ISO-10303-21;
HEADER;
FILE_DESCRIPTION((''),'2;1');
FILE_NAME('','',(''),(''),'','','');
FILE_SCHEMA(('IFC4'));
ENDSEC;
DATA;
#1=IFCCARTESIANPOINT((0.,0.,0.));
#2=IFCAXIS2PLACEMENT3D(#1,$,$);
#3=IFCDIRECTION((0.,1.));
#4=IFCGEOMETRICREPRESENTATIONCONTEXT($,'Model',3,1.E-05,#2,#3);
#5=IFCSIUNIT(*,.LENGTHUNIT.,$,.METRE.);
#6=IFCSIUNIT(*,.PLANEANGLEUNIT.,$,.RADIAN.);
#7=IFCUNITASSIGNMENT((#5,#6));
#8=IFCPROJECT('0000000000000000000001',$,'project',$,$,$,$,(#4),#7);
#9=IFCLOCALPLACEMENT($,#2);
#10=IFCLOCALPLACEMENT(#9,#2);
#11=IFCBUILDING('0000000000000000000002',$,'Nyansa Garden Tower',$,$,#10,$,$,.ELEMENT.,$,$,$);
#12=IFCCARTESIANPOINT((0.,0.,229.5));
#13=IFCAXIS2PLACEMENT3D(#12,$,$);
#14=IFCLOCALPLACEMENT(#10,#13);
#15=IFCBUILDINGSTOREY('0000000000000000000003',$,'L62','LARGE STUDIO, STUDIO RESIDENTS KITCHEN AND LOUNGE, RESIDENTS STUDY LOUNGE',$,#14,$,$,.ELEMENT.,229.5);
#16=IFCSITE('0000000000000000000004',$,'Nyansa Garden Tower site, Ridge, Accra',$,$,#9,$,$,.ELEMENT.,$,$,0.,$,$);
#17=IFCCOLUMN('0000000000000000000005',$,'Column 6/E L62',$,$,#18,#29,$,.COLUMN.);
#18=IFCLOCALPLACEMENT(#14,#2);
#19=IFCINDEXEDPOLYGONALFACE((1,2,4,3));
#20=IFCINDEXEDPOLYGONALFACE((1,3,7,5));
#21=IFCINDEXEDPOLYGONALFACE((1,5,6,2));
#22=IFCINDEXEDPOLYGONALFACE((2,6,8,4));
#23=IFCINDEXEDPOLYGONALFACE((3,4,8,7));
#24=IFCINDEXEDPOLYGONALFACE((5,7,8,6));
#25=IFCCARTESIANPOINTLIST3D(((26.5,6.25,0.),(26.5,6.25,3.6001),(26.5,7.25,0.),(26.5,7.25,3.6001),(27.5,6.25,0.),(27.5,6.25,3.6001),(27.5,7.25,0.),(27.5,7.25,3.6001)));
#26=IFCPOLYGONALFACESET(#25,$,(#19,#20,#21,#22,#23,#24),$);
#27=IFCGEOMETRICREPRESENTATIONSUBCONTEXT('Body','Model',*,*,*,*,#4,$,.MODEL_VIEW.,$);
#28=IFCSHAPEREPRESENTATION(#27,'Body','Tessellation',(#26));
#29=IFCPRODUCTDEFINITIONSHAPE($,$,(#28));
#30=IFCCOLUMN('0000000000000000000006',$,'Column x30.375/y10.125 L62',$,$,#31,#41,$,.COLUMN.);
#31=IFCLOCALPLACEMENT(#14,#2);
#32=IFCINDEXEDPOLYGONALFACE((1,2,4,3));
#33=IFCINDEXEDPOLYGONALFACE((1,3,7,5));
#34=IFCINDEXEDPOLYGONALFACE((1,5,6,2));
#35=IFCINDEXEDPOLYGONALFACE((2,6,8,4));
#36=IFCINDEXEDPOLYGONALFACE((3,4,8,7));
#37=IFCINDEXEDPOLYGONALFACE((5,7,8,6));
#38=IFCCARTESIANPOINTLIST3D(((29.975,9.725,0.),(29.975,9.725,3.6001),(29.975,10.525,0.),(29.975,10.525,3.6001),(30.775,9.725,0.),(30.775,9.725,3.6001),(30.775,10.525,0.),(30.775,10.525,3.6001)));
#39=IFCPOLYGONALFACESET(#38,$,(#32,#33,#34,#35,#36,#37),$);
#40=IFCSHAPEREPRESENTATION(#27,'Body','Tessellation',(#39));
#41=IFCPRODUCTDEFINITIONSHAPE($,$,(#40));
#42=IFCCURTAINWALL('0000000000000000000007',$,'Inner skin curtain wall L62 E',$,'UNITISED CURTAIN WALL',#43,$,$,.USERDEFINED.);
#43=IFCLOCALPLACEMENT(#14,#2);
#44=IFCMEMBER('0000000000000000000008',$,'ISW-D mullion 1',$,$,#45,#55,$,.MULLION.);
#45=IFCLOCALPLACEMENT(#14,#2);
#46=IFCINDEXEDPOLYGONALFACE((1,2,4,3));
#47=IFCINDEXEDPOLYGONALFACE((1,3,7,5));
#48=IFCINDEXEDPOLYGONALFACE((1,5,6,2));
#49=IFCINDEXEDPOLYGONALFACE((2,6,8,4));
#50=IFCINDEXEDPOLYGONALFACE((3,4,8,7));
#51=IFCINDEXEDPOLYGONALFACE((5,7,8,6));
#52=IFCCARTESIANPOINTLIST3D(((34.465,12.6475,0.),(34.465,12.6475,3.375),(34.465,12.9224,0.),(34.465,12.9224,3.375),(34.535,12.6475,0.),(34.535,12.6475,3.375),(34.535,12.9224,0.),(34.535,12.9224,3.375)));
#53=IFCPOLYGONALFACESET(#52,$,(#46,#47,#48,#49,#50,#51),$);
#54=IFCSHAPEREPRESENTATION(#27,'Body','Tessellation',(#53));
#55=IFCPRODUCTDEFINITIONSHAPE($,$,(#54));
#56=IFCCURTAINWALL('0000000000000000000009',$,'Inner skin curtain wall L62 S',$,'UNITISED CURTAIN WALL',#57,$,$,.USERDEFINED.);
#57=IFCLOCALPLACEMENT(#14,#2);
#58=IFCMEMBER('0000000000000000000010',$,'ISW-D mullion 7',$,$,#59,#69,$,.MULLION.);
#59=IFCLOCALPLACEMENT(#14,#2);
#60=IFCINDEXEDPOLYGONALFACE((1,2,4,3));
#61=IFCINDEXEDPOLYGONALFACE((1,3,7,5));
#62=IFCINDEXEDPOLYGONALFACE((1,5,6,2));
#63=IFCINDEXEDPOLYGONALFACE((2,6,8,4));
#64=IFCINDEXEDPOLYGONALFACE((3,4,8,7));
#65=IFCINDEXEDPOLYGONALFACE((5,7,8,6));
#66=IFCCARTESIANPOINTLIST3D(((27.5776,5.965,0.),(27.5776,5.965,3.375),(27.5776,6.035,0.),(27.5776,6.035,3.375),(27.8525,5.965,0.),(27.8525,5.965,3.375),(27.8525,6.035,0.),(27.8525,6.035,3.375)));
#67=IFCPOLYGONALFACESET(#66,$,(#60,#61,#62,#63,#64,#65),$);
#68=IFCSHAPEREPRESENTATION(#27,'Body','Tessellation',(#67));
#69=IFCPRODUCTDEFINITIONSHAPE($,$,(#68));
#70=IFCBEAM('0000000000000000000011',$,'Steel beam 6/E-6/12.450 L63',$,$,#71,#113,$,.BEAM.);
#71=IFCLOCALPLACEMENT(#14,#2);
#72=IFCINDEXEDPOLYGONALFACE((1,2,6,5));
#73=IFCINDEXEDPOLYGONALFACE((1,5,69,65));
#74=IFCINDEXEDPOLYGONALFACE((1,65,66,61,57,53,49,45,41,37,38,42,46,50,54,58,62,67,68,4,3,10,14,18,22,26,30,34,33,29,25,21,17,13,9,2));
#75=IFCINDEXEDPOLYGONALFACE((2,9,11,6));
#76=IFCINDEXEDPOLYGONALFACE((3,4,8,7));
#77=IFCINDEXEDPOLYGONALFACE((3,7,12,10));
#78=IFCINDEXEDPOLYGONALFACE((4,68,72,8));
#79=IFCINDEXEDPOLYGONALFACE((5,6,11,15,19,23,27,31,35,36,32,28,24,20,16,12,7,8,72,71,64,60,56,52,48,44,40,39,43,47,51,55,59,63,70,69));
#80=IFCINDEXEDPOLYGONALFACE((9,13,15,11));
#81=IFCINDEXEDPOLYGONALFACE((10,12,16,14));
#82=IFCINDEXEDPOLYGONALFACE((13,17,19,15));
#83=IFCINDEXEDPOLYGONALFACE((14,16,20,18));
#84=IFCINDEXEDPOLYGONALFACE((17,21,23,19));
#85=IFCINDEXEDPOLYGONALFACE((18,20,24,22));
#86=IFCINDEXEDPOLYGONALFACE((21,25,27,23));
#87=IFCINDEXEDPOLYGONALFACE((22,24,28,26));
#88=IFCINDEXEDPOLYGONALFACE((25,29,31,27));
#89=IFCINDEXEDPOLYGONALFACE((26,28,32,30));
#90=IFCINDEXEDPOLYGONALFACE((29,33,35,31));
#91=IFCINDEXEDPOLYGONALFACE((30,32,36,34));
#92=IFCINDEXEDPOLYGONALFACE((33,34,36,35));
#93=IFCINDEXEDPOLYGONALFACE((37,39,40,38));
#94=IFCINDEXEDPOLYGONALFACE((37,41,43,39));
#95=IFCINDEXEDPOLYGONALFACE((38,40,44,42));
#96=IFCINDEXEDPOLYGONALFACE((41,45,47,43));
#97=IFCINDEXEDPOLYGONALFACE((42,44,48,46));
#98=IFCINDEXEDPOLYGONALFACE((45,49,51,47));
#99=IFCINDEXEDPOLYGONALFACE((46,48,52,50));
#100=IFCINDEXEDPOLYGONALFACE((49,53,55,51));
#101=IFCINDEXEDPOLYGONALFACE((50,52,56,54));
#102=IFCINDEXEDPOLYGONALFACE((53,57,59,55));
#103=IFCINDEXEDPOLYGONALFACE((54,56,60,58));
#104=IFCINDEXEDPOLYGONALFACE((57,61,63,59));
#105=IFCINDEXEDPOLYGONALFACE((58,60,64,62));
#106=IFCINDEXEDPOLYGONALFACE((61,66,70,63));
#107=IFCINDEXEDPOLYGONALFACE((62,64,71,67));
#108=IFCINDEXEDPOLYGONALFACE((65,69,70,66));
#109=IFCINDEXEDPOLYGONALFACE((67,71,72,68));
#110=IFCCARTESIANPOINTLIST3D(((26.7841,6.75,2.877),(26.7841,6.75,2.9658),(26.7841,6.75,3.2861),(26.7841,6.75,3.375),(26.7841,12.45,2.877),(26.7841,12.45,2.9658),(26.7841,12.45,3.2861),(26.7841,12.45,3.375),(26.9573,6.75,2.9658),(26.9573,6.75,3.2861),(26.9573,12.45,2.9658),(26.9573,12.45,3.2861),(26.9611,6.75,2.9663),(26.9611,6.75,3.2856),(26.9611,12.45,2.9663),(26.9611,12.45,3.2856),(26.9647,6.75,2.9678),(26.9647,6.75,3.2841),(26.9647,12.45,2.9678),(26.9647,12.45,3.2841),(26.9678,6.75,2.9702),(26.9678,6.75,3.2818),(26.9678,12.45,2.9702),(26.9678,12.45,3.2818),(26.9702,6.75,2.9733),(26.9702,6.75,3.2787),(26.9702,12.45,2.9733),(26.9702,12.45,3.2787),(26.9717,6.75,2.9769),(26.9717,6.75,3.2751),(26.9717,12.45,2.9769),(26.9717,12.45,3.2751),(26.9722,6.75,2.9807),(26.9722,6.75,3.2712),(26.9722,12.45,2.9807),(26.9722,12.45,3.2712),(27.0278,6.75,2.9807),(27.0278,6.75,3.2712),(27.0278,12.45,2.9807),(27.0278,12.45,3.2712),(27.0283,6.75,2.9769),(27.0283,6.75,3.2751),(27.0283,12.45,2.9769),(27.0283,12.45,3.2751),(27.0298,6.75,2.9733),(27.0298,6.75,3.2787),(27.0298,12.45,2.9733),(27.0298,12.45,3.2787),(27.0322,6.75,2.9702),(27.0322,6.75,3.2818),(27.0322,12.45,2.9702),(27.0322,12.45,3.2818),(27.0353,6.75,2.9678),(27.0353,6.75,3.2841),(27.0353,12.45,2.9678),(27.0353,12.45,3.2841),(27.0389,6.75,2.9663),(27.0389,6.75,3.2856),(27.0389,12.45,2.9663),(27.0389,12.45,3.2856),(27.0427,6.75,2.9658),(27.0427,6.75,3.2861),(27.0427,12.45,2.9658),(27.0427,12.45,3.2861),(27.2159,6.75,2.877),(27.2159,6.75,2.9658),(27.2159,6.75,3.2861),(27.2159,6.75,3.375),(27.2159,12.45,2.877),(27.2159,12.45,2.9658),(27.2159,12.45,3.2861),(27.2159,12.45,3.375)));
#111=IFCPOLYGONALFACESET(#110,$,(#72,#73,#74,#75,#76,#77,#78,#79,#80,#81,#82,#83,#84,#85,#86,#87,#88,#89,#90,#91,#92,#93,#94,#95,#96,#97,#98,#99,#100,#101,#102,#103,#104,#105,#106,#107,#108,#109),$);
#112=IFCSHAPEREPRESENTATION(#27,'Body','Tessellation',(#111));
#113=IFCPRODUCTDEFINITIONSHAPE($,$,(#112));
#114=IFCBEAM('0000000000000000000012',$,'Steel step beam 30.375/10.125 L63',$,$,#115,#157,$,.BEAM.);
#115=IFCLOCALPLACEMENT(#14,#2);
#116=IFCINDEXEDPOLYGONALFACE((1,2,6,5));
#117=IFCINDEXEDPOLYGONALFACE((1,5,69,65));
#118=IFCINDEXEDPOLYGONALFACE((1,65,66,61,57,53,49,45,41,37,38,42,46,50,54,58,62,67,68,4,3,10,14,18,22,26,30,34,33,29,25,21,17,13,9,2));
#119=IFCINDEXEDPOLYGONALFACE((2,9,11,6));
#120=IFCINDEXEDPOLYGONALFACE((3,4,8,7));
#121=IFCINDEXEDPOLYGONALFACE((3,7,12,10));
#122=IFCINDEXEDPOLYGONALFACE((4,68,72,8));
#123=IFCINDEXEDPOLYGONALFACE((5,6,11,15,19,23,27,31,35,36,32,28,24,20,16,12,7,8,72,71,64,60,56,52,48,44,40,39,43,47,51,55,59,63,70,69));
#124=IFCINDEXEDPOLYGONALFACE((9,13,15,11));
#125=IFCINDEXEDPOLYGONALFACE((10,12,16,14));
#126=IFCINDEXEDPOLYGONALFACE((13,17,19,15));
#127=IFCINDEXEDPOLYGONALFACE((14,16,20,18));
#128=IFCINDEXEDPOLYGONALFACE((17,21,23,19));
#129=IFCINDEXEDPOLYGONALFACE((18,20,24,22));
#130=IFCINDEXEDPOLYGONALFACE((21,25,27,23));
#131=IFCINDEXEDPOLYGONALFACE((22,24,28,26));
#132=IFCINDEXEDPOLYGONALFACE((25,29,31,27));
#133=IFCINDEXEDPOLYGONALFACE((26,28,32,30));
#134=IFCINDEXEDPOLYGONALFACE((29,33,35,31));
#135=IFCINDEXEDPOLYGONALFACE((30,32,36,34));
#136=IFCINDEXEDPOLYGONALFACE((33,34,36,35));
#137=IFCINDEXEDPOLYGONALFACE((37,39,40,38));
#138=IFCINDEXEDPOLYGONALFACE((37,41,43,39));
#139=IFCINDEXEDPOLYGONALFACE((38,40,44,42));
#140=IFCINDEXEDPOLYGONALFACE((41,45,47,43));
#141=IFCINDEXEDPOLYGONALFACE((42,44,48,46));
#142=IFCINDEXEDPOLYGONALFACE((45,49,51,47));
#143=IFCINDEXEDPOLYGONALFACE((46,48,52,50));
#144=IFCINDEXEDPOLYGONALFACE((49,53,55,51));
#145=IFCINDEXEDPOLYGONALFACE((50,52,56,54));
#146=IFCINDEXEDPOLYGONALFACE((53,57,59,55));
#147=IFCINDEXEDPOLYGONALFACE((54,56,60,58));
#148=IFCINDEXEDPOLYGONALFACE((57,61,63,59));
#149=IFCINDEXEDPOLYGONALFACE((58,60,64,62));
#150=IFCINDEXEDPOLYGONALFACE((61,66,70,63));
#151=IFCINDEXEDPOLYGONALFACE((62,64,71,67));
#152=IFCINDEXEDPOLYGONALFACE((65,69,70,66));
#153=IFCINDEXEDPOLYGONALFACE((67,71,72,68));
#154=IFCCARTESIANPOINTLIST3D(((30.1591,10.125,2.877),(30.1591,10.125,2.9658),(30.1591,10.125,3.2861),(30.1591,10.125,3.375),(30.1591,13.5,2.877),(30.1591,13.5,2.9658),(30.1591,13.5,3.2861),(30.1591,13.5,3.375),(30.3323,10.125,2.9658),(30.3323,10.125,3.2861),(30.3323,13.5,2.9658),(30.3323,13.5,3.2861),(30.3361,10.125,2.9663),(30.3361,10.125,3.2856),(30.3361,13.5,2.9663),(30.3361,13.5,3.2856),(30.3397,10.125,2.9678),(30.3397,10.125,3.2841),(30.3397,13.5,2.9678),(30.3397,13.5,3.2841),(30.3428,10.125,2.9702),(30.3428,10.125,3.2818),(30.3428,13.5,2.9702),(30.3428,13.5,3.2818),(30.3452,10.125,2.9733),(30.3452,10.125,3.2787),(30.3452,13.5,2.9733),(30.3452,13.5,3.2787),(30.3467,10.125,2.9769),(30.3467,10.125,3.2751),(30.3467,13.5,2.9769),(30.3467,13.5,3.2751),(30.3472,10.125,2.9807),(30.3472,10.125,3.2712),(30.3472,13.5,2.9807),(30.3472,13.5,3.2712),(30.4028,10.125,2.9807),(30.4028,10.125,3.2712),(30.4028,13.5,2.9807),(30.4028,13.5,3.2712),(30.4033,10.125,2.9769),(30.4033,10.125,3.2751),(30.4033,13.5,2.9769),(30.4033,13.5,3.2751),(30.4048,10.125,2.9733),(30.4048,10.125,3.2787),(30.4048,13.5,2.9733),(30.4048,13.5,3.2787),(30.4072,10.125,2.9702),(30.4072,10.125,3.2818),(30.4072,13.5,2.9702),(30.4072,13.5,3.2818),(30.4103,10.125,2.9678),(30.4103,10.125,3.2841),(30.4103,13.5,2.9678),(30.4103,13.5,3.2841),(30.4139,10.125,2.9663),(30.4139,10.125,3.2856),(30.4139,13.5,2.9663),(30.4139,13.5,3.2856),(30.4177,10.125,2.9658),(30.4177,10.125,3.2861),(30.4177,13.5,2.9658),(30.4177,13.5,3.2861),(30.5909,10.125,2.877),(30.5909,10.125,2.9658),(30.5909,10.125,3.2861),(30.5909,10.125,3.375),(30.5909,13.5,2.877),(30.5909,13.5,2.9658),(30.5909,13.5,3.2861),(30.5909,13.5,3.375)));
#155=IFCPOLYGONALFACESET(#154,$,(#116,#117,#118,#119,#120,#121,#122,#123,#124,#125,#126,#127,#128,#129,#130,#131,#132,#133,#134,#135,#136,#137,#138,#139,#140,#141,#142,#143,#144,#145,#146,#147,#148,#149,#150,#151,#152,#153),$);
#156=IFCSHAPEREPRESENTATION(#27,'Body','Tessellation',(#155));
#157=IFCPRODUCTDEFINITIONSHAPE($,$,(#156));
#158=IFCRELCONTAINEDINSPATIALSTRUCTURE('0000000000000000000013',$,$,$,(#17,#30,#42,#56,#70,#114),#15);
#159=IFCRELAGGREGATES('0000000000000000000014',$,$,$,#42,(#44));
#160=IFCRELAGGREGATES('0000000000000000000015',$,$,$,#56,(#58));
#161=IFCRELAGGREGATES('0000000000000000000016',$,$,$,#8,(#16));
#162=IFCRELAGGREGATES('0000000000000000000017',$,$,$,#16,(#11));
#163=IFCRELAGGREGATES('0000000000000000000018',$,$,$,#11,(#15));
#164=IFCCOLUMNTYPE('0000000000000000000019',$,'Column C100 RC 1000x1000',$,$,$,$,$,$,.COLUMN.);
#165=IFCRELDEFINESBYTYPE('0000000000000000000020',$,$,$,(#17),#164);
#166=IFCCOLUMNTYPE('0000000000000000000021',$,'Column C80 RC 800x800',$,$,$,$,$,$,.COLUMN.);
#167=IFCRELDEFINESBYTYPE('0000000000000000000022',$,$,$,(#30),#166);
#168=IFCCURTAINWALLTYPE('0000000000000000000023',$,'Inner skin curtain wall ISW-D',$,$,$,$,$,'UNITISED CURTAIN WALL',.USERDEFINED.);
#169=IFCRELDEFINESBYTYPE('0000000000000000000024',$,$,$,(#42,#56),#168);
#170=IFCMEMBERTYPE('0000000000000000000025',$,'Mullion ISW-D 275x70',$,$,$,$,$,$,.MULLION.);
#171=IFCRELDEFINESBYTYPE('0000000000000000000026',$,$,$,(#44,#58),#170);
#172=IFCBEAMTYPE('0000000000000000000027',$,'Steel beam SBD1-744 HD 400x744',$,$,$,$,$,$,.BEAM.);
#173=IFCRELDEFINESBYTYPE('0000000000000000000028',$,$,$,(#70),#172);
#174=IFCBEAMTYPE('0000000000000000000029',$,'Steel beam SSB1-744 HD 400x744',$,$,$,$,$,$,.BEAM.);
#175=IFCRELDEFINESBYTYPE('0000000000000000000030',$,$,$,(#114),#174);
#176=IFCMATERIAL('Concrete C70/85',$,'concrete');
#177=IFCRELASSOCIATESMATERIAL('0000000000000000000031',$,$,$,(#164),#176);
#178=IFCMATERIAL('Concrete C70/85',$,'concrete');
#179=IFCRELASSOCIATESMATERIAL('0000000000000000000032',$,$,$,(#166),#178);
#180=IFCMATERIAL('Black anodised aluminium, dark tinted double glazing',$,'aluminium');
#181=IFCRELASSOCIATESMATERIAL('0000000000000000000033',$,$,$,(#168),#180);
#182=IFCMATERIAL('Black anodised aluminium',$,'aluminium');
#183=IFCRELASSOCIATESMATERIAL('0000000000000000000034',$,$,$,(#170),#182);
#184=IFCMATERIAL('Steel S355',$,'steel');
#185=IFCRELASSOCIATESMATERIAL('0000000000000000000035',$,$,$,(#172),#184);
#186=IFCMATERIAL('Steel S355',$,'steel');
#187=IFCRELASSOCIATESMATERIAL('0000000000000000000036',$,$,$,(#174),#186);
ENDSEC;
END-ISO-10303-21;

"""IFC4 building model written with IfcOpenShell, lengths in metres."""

from ifc_helpers import new_model, si_unit, direction, frame, origin, origin_2d, place, context, subcontext, project, spatial, rectangle, i_section, extrude, material, material_profile, profile_set, type_object, element, aggregate, save


model = new_model("IFC4")

# Units and contexts
model_context = context("Model", 3, precision=1e-05, world=origin(), true_north=direction((0.0, 1.0)))
body_context = subcontext(model_context, "Body", "Model", "MODEL_VIEW")
ifc_project = project(units=[si_unit("LENGTHUNIT", "METRE"), si_unit("PLANEANGLEUNIT", "RADIAN")], contexts=[model_context])

# Site, building, storey
site_placement = place(None, origin())
site = spatial("IfcSite", under=ifc_project, at=site_placement, Name="Nyansa Garden Tower site, Ridge, Accra", CompositionType="ELEMENT", RefElevation=0.0)
building_placement = place(site_placement, origin())
building = spatial("IfcBuilding", under=site, at=building_placement, Name="Nyansa Garden Tower", CompositionType="ELEMENT")
storey_placement = place(building_placement, frame((0.0, 0.0, 229.5)))
storey = spatial("IfcBuildingStorey", under=building, at=storey_placement, Name="L62", Description="LARGE STUDIO, STUDIO RESIDENTS KITCHEN AND LOUNGE, RESIDENTS STUDY LOUNGE", CompositionType="ELEMENT", Elevation=229.5)

# Columns
ifc_material_1 = material(Name="Concrete C70/85", Category="concrete")
ifc_material_profile_1 = material_profile(ifc_material_1, rectangle(XDim=1.0, YDim=1.0, at=origin_2d()), Name="RC 1000x1000")
ifc_profile_set_1 = profile_set([ifc_material_profile_1], Name="Concrete C70/85")
column_type_1 = type_object("IfcColumnType", Name="Column C100 RC 1000x1000", PredefinedType="COLUMN", material=ifc_profile_set_1)
column_1_placement = place(storey_placement, frame((27.0, 6.75, 0.0), z_axis=(0.0, 0.0, 1.0), x_axis=(1.0, 0.0, 0.0)))
element("IfcColumn", 1, at=column_1_placement, inside=storey, type_object=column_type_1, Name="Column 6/E L62", PredefinedType="COLUMN", context=body_context, shape_type="SweptSolid", body=[
    extrude(rectangle(XDim=1.0, YDim=1.0, at=origin_2d()), origin(), (0.0, 0.0, 1.0), 3.6001),
])
ifc_material_2 = material(Name="Concrete C70/85", Category="concrete")
ifc_material_profile_2 = material_profile(ifc_material_2, rectangle(XDim=0.8, YDim=0.8, at=origin_2d()), Name="RC 800x800")
ifc_profile_set_2 = profile_set([ifc_material_profile_2], Name="Concrete C70/85")
column_type_2 = type_object("IfcColumnType", Name="Column C80 RC 800x800", PredefinedType="COLUMN", material=ifc_profile_set_2)
column_2_placement = place(storey_placement, frame((30.375, 10.125, 0.0), z_axis=(0.0, 0.0, 1.0), x_axis=(1.0, 0.0, 0.0)))
element("IfcColumn", 2, at=column_2_placement, inside=storey, type_object=column_type_2, Name="Column x30.375/y10.125 L62", PredefinedType="COLUMN", context=body_context, shape_type="SweptSolid", body=[
    extrude(rectangle(XDim=0.8, YDim=0.8, at=origin_2d()), origin(), (0.0, 0.0, 1.0), 3.6001),
])

# Curtain walls, members
ifc_material_3 = material(Name="Black anodised aluminium, dark tinted double glazing", Category="aluminium")
curtain_wall_type = type_object("IfcCurtainWallType", Name="Inner skin curtain wall ISW-D", ElementType="UNITISED CURTAIN WALL", PredefinedType="USERDEFINED", material=ifc_material_3)
curtain_wall_1_placement = place(storey_placement, origin())
curtain_wall_1 = element("IfcCurtainWall", 3, at=curtain_wall_1_placement, inside=storey, type_object=curtain_wall_type, Name="Inner skin curtain wall L62 E", ObjectType="UNITISED CURTAIN WALL", PredefinedType="USERDEFINED")
ifc_material_4 = material(Name="Black anodised aluminium", Category="aluminium")
ifc_material_profile_3 = material_profile(ifc_material_4, rectangle(XDim=0.0701, YDim=0.2749, at=origin_2d()), Name="Mullion 275x70")
ifc_profile_set_3 = profile_set([ifc_material_profile_3], Name="Black anodised aluminium")
member_type = type_object("IfcMemberType", Name="Mullion ISW-D 275x70", PredefinedType="MULLION", material=ifc_profile_set_3)
member_1_placement = place(storey_placement, frame((34.5, 12.7849, 0.0), z_axis=(0.0, 0.0, 1.0), x_axis=(-1.0, 0.0, 0.0)))
member_1 = element("IfcMember", 4, at=member_1_placement, type_object=member_type, Name="ISW-D mullion 1", PredefinedType="MULLION", context=body_context, shape_type="SweptSolid", body=[
    extrude(rectangle(XDim=0.0701, YDim=0.2749, at=origin_2d()), origin(), (0.0, 0.0, 1.0), 3.375),
])
aggregate(curtain_wall_1, [member_1])
curtain_wall_2_placement = place(storey_placement, origin())
curtain_wall_2 = element("IfcCurtainWall", 5, at=curtain_wall_2_placement, inside=storey, type_object=curtain_wall_type, Name="Inner skin curtain wall L62 S", ObjectType="UNITISED CURTAIN WALL", PredefinedType="USERDEFINED")
member_2_placement = place(storey_placement, frame((27.7151, 6.0, 0.0), z_axis=(0.0, 0.0, 1.0), x_axis=(0.0, 1.0, 0.0)))
member_2 = element("IfcMember", 6, at=member_2_placement, type_object=member_type, Name="ISW-D mullion 7", PredefinedType="MULLION", context=body_context, shape_type="SweptSolid", body=[
    extrude(rectangle(XDim=0.0701, YDim=0.2749, at=origin_2d()), origin(), (0.0, 0.0, 1.0), 3.375),
])

# Beams
ifc_material_5 = material(Name="Steel S355", Category="steel")
ifc_material_profile_4 = material_profile(ifc_material_5, i_section(OverallWidth=0.4319, OverallDepth=0.498, WebThickness=0.0557, FlangeThickness=0.0889, FilletRadius=0.0149, at=origin_2d()), Name="HD 400x744")
ifc_profile_set_4 = profile_set([ifc_material_profile_4], Name="Steel S355")
beam_type_1 = type_object("IfcBeamType", Name="Steel beam SBD1-744 HD 400x744", PredefinedType="BEAM", material=ifc_profile_set_4)
beam_placement = place(storey_placement, frame((27.0, 6.75, 3.126), z_axis=(0.0, 1.0, 0.0), x_axis=(-1.0, 0.0, 0.0)))
element("IfcBeam", 7, at=beam_placement, inside=storey, type_object=beam_type_1, Name="Steel beam 6/E-6/12.450 L63", PredefinedType="BEAM", context=body_context, shape_type="SweptSolid", body=[
    extrude(i_section(OverallWidth=0.4319, OverallDepth=0.498, WebThickness=0.0557, FlangeThickness=0.0889, FilletRadius=0.0149, at=origin_2d()), origin(), (0.0, 0.0, 1.0), 5.7),
])
ifc_material_6 = material(Name="Steel S355", Category="steel")
ifc_material_profile_5 = material_profile(ifc_material_6, i_section(OverallWidth=0.4319, OverallDepth=0.498, WebThickness=0.0557, FlangeThickness=0.0889, FilletRadius=0.0149, at=origin_2d()), Name="HD 400x744")
ifc_profile_set_5 = profile_set([ifc_material_profile_5], Name="Steel S355")
beam_type_2 = type_object("IfcBeamType", Name="Steel beam SSB1-744 HD 400x744", PredefinedType="BEAM", material=ifc_profile_set_5)
for number, where, z_axis, x_axis, name in (
    (8, (30.375, 10.125, 3.126), (0.0, 1.0, 0.0), (-1.0, 0.0, 0.0), "Steel step beam 30.375/10.125 L63"),
):
    element("IfcBeam", number, at=place(storey_placement, frame(where, z_axis=z_axis, x_axis=x_axis)), inside=storey, type_object=beam_type_2, Name=name, PredefinedType="BEAM", context=body_context, shape_type="SweptSolid", body=[
        extrude(i_section(OverallWidth=0.4319, OverallDepth=0.498, WebThickness=0.0557, FlangeThickness=0.0889, FilletRadius=0.0149, at=origin_2d()), origin(), (0.0, 0.0, 1.0), 3.375),
    ])

aggregate(curtain_wall_2, [member_2])

save(model, "model.ifc")
